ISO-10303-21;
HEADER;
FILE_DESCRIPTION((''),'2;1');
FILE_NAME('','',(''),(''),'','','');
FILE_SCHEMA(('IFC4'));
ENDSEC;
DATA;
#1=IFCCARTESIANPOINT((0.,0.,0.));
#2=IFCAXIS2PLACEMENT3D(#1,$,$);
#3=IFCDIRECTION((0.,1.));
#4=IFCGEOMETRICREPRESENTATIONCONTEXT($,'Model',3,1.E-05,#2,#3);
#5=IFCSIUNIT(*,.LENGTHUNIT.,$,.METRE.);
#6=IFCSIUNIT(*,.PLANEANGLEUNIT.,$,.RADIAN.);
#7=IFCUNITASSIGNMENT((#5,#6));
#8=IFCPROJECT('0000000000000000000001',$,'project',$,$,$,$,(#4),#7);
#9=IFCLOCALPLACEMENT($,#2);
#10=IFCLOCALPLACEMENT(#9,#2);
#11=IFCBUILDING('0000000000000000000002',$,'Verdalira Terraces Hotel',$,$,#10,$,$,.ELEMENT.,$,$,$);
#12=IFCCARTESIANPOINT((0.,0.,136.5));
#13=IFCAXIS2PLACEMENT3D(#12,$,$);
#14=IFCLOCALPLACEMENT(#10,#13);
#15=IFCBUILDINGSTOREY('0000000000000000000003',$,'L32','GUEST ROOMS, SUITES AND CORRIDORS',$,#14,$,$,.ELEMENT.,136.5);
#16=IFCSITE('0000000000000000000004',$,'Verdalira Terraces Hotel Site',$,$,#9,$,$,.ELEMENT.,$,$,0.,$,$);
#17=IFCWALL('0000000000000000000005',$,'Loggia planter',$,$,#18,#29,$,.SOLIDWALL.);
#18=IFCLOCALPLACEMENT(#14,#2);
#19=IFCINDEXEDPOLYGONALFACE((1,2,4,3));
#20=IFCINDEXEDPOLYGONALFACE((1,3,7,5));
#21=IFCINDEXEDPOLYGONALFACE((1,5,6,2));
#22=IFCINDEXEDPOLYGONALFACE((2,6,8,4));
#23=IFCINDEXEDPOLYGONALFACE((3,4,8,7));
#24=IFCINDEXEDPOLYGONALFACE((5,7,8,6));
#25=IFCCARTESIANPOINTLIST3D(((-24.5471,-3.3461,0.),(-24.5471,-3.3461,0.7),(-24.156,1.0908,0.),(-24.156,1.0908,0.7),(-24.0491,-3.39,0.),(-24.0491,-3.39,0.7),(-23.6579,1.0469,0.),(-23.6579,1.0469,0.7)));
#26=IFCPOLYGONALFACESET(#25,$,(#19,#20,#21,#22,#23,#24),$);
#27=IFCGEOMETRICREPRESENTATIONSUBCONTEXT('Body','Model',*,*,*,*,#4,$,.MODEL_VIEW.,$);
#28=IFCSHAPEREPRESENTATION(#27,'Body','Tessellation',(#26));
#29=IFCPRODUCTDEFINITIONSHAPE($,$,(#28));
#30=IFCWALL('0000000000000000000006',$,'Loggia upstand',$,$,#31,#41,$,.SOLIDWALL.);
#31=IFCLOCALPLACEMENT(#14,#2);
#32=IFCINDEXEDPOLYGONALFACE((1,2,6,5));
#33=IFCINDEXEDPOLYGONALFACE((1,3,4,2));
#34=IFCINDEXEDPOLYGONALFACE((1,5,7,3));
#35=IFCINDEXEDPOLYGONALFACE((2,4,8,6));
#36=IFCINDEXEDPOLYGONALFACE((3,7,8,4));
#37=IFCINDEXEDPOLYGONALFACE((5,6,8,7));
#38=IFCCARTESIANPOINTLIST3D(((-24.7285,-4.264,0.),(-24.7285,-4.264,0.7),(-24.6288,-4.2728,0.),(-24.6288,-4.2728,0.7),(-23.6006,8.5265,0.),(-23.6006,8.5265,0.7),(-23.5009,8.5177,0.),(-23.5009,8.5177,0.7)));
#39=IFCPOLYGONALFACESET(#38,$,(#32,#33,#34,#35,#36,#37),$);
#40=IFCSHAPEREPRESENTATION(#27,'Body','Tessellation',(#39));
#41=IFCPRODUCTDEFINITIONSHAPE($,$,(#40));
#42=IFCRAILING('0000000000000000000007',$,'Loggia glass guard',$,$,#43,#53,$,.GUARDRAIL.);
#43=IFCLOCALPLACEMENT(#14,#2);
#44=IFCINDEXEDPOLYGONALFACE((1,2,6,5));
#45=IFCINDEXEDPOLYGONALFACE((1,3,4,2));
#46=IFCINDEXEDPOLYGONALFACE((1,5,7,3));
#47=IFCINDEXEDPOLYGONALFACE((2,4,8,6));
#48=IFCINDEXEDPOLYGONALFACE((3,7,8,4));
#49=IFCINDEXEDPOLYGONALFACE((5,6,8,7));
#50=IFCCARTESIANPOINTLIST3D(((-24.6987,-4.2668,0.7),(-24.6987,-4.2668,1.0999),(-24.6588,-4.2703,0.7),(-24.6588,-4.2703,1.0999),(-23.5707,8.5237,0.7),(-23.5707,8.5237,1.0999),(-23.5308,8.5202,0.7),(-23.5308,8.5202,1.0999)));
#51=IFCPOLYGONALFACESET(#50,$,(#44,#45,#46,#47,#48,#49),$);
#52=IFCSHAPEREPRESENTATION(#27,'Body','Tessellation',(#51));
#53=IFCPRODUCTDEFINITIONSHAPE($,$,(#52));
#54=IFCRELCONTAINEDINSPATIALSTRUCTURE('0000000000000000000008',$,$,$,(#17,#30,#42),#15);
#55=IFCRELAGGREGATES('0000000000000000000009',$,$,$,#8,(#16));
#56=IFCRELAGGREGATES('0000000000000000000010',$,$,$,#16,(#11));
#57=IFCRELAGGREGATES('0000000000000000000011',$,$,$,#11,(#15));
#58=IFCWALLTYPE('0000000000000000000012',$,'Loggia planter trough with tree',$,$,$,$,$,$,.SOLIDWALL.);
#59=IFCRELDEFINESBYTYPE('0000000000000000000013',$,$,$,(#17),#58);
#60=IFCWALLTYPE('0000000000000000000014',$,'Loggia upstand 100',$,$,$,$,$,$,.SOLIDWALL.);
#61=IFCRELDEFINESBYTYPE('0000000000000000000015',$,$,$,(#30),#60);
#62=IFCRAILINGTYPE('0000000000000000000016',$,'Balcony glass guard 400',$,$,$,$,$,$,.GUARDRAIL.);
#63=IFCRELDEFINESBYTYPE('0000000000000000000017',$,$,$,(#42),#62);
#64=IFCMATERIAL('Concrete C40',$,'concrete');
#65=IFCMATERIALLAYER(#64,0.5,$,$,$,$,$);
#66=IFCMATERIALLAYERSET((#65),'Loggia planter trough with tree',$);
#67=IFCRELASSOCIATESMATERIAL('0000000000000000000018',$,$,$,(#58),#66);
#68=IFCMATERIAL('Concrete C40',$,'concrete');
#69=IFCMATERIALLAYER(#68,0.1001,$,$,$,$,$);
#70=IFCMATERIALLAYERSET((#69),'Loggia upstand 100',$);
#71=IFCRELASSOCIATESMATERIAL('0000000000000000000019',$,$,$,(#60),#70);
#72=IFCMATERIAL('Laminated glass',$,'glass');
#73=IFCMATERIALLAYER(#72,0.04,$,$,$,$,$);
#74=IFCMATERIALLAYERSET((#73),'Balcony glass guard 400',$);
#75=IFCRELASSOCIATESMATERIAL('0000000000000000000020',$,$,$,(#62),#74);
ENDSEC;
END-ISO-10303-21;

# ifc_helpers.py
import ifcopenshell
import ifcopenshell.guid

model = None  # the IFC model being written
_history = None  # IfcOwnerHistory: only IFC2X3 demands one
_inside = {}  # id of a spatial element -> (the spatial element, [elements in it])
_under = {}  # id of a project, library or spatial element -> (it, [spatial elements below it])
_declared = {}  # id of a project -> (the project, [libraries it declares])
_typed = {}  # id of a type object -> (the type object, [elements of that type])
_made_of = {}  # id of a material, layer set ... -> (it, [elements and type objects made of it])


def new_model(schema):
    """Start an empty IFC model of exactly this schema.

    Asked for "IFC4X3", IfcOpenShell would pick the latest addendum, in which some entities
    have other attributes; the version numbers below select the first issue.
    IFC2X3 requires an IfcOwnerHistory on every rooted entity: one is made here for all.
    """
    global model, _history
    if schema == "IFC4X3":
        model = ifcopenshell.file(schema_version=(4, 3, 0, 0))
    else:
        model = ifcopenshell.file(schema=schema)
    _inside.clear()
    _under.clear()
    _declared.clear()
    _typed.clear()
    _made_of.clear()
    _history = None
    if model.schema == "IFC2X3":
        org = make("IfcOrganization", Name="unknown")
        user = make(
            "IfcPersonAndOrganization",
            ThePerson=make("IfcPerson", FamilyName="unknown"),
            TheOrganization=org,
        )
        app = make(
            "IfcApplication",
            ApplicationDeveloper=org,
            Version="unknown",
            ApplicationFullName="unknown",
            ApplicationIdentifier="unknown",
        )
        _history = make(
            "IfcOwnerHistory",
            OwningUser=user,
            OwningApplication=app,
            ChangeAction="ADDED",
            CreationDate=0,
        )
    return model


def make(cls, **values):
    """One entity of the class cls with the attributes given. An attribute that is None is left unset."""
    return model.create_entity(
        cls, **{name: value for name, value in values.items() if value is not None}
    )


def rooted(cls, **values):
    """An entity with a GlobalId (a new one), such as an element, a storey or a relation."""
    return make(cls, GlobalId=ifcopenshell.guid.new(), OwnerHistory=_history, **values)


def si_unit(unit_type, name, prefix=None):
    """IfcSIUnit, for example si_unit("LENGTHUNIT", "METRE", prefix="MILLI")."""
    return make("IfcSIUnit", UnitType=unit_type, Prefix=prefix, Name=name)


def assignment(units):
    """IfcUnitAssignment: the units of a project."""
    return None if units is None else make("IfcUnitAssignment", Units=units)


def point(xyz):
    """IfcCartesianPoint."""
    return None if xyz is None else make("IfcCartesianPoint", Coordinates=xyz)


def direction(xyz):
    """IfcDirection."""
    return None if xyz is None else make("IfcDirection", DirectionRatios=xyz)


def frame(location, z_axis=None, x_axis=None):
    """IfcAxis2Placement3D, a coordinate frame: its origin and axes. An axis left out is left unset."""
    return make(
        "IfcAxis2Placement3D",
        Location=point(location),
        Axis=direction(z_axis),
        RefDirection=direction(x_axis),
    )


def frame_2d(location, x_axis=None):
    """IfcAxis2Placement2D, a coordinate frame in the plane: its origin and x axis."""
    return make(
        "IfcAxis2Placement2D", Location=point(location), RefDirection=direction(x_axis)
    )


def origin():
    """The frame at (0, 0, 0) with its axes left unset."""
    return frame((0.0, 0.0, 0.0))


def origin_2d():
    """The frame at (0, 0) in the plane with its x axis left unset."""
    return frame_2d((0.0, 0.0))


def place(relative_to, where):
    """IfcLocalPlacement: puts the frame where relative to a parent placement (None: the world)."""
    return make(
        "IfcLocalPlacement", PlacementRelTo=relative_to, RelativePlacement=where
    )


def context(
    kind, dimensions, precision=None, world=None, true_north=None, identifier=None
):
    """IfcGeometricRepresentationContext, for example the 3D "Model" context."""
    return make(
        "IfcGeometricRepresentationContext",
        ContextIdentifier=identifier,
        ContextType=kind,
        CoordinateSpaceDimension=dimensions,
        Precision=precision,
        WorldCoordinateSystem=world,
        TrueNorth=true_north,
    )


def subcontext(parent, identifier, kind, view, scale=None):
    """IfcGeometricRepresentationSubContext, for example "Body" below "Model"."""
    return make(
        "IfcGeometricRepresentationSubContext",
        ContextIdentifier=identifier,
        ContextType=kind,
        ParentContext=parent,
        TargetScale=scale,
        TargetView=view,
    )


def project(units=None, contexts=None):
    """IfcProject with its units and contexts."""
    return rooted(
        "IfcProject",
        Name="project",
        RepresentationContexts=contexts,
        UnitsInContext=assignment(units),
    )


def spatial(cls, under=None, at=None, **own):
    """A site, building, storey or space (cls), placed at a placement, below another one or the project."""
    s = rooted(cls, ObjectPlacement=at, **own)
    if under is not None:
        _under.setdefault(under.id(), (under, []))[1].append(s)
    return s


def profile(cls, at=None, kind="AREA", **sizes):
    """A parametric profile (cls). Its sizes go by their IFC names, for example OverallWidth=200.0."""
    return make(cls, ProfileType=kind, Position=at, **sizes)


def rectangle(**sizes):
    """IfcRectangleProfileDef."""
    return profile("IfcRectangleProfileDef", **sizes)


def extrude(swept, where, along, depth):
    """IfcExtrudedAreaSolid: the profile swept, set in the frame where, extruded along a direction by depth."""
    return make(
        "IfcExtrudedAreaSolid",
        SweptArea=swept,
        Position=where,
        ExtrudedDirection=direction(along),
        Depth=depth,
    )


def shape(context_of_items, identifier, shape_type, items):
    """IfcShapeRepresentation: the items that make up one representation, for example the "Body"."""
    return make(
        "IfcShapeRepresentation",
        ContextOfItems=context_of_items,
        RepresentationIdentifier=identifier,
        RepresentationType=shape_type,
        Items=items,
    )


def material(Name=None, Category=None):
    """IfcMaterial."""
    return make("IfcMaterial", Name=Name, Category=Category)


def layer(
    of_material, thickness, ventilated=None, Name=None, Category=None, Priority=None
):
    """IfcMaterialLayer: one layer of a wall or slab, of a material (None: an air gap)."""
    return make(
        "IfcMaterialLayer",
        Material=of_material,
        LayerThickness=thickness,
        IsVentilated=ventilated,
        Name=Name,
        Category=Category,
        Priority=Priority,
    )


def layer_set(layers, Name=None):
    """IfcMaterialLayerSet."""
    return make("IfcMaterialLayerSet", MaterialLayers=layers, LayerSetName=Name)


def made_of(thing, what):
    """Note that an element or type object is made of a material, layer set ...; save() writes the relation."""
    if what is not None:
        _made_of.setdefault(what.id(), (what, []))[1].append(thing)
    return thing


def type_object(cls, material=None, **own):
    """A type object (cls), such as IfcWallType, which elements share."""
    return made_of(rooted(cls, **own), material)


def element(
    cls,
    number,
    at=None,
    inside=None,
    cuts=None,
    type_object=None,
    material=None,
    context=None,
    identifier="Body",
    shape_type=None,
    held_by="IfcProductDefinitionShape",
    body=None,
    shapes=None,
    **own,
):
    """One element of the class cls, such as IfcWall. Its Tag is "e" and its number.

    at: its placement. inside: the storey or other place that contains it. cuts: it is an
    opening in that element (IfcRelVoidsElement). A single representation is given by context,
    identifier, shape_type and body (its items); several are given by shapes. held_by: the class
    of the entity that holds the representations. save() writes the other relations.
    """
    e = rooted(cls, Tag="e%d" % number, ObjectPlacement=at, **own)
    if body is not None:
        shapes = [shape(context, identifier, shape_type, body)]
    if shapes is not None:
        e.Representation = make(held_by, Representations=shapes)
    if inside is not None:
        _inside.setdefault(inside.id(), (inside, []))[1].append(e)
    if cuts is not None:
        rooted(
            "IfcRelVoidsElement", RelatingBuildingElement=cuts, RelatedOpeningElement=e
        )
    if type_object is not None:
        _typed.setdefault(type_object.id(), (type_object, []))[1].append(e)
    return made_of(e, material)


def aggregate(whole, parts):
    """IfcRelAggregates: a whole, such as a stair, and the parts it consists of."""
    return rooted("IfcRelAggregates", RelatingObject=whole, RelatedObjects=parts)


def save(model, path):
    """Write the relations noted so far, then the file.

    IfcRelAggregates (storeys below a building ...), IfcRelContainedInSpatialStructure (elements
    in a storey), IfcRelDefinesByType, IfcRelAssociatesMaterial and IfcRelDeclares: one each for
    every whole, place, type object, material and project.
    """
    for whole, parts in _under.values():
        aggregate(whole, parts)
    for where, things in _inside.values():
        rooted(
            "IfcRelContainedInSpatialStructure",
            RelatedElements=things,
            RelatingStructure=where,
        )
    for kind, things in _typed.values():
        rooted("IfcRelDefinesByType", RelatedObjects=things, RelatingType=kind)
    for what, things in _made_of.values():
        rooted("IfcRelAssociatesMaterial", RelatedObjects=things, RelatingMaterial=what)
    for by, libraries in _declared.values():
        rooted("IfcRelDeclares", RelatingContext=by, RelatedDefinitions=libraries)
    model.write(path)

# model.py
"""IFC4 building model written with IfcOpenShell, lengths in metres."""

from ifc_helpers import new_model, si_unit, direction, frame, frame_2d, origin, origin_2d, place, context, subcontext, project, spatial, rectangle, extrude, material, layer, layer_set, type_object, element, save


model = new_model("IFC4")

# Units and contexts
model_context = context("Model", 3, precision=1e-05, world=origin(), true_north=direction((0.0, 1.0)))
body_context = subcontext(model_context, "Body", "Model", "MODEL_VIEW")
ifc_project = project(units=[si_unit("LENGTHUNIT", "METRE"), si_unit("PLANEANGLEUNIT", "RADIAN")], contexts=[model_context])

# Site, building, storey
site_placement = place(None, origin())
site = spatial("IfcSite", under=ifc_project, at=site_placement, Name="Verdalira Terraces Hotel Site", CompositionType="ELEMENT", RefElevation=0.0)
building_placement = place(site_placement, origin())
building = spatial("IfcBuilding", under=site, at=building_placement, Name="Verdalira Terraces Hotel", CompositionType="ELEMENT")
storey_placement = place(building_placement, frame((0.0, 0.0, 136.5)))
storey = spatial("IfcBuildingStorey", under=building, at=storey_placement, Name="L32", Description="GUEST ROOMS, SUITES AND CORRIDORS", CompositionType="ELEMENT", Elevation=136.5)

# Walls
ifc_material_1 = material(Name="Concrete C40", Category="concrete")
ifc_layer_1 = layer(ifc_material_1, 0.5)
ifc_layer_set_1 = layer_set([ifc_layer_1], Name="Loggia planter trough with tree")
wall_type_1 = type_object("IfcWallType", Name="Loggia planter trough with tree", PredefinedType="SOLIDWALL", material=ifc_layer_set_1)
wall_1_placement = place(storey_placement, frame((-23.907, 1.0688, 0.0), z_axis=(0.0, 0.0, 1.0), x_axis=(-0.087807, -0.996137, 0.0)))
element("IfcWall", 1, at=wall_1_placement, inside=storey, type_object=wall_type_1, Name="Loggia planter", PredefinedType="SOLIDWALL", context=body_context, shape_type="SweptSolid", body=[
    extrude(rectangle(XDim=4.4541, YDim=0.5, at=frame_2d((2.2271, 0.0))), origin(), (0.0, 0.0, 1.0), 0.7),
])
ifc_material_2 = material(Name="Concrete C40", Category="concrete")
ifc_layer_2 = layer(ifc_material_2, 0.1001)
ifc_layer_set_2 = layer_set([ifc_layer_2], Name="Loggia upstand 100")
wall_type_2 = type_object("IfcWallType", Name="Loggia upstand 100", PredefinedType="SOLIDWALL", material=ifc_layer_set_2)
wall_2_placement = place(storey_placement, frame((-23.5508, 8.522, 0.0), z_axis=(0.0, 0.0, 1.0), x_axis=(-0.087844, -0.996134, 0.0)))
element("IfcWall", 2, at=wall_2_placement, inside=storey, type_object=wall_type_2, Name="Loggia upstand", PredefinedType="SOLIDWALL", context=body_context, shape_type="SweptSolid", body=[
    extrude(rectangle(XDim=12.8401, YDim=0.1001, at=frame_2d((6.4199, 0.0))), origin(), (0.0, 0.0, 1.0), 0.7),
])

# Railing
ifc_material_3 = material(Name="Laminated glass", Category="glass")
ifc_layer_3 = layer(ifc_material_3, 0.04)
ifc_layer_set_3 = layer_set([ifc_layer_3], Name="Balcony glass guard 400")
railing_type = type_object("IfcRailingType", Name="Balcony glass guard 400", PredefinedType="GUARDRAIL", material=ifc_layer_set_3)
railing_placement = place(storey_placement, frame((-24.1147, 2.1267, 0.7), z_axis=(0.0, 0.0, 1.0), x_axis=(-0.087851, -0.996134, 0.0)))
element("IfcRailing", 3, at=railing_placement, inside=storey, type_object=railing_type, Name="Loggia glass guard", PredefinedType="GUARDRAIL", context=body_context, shape_type="SweptSolid", body=[
    extrude(rectangle(XDim=12.8401, YDim=0.04, at=origin_2d()), origin(), (0.0, 0.0, 1.0), 0.3999),
])

save(model, "model.ifc")
